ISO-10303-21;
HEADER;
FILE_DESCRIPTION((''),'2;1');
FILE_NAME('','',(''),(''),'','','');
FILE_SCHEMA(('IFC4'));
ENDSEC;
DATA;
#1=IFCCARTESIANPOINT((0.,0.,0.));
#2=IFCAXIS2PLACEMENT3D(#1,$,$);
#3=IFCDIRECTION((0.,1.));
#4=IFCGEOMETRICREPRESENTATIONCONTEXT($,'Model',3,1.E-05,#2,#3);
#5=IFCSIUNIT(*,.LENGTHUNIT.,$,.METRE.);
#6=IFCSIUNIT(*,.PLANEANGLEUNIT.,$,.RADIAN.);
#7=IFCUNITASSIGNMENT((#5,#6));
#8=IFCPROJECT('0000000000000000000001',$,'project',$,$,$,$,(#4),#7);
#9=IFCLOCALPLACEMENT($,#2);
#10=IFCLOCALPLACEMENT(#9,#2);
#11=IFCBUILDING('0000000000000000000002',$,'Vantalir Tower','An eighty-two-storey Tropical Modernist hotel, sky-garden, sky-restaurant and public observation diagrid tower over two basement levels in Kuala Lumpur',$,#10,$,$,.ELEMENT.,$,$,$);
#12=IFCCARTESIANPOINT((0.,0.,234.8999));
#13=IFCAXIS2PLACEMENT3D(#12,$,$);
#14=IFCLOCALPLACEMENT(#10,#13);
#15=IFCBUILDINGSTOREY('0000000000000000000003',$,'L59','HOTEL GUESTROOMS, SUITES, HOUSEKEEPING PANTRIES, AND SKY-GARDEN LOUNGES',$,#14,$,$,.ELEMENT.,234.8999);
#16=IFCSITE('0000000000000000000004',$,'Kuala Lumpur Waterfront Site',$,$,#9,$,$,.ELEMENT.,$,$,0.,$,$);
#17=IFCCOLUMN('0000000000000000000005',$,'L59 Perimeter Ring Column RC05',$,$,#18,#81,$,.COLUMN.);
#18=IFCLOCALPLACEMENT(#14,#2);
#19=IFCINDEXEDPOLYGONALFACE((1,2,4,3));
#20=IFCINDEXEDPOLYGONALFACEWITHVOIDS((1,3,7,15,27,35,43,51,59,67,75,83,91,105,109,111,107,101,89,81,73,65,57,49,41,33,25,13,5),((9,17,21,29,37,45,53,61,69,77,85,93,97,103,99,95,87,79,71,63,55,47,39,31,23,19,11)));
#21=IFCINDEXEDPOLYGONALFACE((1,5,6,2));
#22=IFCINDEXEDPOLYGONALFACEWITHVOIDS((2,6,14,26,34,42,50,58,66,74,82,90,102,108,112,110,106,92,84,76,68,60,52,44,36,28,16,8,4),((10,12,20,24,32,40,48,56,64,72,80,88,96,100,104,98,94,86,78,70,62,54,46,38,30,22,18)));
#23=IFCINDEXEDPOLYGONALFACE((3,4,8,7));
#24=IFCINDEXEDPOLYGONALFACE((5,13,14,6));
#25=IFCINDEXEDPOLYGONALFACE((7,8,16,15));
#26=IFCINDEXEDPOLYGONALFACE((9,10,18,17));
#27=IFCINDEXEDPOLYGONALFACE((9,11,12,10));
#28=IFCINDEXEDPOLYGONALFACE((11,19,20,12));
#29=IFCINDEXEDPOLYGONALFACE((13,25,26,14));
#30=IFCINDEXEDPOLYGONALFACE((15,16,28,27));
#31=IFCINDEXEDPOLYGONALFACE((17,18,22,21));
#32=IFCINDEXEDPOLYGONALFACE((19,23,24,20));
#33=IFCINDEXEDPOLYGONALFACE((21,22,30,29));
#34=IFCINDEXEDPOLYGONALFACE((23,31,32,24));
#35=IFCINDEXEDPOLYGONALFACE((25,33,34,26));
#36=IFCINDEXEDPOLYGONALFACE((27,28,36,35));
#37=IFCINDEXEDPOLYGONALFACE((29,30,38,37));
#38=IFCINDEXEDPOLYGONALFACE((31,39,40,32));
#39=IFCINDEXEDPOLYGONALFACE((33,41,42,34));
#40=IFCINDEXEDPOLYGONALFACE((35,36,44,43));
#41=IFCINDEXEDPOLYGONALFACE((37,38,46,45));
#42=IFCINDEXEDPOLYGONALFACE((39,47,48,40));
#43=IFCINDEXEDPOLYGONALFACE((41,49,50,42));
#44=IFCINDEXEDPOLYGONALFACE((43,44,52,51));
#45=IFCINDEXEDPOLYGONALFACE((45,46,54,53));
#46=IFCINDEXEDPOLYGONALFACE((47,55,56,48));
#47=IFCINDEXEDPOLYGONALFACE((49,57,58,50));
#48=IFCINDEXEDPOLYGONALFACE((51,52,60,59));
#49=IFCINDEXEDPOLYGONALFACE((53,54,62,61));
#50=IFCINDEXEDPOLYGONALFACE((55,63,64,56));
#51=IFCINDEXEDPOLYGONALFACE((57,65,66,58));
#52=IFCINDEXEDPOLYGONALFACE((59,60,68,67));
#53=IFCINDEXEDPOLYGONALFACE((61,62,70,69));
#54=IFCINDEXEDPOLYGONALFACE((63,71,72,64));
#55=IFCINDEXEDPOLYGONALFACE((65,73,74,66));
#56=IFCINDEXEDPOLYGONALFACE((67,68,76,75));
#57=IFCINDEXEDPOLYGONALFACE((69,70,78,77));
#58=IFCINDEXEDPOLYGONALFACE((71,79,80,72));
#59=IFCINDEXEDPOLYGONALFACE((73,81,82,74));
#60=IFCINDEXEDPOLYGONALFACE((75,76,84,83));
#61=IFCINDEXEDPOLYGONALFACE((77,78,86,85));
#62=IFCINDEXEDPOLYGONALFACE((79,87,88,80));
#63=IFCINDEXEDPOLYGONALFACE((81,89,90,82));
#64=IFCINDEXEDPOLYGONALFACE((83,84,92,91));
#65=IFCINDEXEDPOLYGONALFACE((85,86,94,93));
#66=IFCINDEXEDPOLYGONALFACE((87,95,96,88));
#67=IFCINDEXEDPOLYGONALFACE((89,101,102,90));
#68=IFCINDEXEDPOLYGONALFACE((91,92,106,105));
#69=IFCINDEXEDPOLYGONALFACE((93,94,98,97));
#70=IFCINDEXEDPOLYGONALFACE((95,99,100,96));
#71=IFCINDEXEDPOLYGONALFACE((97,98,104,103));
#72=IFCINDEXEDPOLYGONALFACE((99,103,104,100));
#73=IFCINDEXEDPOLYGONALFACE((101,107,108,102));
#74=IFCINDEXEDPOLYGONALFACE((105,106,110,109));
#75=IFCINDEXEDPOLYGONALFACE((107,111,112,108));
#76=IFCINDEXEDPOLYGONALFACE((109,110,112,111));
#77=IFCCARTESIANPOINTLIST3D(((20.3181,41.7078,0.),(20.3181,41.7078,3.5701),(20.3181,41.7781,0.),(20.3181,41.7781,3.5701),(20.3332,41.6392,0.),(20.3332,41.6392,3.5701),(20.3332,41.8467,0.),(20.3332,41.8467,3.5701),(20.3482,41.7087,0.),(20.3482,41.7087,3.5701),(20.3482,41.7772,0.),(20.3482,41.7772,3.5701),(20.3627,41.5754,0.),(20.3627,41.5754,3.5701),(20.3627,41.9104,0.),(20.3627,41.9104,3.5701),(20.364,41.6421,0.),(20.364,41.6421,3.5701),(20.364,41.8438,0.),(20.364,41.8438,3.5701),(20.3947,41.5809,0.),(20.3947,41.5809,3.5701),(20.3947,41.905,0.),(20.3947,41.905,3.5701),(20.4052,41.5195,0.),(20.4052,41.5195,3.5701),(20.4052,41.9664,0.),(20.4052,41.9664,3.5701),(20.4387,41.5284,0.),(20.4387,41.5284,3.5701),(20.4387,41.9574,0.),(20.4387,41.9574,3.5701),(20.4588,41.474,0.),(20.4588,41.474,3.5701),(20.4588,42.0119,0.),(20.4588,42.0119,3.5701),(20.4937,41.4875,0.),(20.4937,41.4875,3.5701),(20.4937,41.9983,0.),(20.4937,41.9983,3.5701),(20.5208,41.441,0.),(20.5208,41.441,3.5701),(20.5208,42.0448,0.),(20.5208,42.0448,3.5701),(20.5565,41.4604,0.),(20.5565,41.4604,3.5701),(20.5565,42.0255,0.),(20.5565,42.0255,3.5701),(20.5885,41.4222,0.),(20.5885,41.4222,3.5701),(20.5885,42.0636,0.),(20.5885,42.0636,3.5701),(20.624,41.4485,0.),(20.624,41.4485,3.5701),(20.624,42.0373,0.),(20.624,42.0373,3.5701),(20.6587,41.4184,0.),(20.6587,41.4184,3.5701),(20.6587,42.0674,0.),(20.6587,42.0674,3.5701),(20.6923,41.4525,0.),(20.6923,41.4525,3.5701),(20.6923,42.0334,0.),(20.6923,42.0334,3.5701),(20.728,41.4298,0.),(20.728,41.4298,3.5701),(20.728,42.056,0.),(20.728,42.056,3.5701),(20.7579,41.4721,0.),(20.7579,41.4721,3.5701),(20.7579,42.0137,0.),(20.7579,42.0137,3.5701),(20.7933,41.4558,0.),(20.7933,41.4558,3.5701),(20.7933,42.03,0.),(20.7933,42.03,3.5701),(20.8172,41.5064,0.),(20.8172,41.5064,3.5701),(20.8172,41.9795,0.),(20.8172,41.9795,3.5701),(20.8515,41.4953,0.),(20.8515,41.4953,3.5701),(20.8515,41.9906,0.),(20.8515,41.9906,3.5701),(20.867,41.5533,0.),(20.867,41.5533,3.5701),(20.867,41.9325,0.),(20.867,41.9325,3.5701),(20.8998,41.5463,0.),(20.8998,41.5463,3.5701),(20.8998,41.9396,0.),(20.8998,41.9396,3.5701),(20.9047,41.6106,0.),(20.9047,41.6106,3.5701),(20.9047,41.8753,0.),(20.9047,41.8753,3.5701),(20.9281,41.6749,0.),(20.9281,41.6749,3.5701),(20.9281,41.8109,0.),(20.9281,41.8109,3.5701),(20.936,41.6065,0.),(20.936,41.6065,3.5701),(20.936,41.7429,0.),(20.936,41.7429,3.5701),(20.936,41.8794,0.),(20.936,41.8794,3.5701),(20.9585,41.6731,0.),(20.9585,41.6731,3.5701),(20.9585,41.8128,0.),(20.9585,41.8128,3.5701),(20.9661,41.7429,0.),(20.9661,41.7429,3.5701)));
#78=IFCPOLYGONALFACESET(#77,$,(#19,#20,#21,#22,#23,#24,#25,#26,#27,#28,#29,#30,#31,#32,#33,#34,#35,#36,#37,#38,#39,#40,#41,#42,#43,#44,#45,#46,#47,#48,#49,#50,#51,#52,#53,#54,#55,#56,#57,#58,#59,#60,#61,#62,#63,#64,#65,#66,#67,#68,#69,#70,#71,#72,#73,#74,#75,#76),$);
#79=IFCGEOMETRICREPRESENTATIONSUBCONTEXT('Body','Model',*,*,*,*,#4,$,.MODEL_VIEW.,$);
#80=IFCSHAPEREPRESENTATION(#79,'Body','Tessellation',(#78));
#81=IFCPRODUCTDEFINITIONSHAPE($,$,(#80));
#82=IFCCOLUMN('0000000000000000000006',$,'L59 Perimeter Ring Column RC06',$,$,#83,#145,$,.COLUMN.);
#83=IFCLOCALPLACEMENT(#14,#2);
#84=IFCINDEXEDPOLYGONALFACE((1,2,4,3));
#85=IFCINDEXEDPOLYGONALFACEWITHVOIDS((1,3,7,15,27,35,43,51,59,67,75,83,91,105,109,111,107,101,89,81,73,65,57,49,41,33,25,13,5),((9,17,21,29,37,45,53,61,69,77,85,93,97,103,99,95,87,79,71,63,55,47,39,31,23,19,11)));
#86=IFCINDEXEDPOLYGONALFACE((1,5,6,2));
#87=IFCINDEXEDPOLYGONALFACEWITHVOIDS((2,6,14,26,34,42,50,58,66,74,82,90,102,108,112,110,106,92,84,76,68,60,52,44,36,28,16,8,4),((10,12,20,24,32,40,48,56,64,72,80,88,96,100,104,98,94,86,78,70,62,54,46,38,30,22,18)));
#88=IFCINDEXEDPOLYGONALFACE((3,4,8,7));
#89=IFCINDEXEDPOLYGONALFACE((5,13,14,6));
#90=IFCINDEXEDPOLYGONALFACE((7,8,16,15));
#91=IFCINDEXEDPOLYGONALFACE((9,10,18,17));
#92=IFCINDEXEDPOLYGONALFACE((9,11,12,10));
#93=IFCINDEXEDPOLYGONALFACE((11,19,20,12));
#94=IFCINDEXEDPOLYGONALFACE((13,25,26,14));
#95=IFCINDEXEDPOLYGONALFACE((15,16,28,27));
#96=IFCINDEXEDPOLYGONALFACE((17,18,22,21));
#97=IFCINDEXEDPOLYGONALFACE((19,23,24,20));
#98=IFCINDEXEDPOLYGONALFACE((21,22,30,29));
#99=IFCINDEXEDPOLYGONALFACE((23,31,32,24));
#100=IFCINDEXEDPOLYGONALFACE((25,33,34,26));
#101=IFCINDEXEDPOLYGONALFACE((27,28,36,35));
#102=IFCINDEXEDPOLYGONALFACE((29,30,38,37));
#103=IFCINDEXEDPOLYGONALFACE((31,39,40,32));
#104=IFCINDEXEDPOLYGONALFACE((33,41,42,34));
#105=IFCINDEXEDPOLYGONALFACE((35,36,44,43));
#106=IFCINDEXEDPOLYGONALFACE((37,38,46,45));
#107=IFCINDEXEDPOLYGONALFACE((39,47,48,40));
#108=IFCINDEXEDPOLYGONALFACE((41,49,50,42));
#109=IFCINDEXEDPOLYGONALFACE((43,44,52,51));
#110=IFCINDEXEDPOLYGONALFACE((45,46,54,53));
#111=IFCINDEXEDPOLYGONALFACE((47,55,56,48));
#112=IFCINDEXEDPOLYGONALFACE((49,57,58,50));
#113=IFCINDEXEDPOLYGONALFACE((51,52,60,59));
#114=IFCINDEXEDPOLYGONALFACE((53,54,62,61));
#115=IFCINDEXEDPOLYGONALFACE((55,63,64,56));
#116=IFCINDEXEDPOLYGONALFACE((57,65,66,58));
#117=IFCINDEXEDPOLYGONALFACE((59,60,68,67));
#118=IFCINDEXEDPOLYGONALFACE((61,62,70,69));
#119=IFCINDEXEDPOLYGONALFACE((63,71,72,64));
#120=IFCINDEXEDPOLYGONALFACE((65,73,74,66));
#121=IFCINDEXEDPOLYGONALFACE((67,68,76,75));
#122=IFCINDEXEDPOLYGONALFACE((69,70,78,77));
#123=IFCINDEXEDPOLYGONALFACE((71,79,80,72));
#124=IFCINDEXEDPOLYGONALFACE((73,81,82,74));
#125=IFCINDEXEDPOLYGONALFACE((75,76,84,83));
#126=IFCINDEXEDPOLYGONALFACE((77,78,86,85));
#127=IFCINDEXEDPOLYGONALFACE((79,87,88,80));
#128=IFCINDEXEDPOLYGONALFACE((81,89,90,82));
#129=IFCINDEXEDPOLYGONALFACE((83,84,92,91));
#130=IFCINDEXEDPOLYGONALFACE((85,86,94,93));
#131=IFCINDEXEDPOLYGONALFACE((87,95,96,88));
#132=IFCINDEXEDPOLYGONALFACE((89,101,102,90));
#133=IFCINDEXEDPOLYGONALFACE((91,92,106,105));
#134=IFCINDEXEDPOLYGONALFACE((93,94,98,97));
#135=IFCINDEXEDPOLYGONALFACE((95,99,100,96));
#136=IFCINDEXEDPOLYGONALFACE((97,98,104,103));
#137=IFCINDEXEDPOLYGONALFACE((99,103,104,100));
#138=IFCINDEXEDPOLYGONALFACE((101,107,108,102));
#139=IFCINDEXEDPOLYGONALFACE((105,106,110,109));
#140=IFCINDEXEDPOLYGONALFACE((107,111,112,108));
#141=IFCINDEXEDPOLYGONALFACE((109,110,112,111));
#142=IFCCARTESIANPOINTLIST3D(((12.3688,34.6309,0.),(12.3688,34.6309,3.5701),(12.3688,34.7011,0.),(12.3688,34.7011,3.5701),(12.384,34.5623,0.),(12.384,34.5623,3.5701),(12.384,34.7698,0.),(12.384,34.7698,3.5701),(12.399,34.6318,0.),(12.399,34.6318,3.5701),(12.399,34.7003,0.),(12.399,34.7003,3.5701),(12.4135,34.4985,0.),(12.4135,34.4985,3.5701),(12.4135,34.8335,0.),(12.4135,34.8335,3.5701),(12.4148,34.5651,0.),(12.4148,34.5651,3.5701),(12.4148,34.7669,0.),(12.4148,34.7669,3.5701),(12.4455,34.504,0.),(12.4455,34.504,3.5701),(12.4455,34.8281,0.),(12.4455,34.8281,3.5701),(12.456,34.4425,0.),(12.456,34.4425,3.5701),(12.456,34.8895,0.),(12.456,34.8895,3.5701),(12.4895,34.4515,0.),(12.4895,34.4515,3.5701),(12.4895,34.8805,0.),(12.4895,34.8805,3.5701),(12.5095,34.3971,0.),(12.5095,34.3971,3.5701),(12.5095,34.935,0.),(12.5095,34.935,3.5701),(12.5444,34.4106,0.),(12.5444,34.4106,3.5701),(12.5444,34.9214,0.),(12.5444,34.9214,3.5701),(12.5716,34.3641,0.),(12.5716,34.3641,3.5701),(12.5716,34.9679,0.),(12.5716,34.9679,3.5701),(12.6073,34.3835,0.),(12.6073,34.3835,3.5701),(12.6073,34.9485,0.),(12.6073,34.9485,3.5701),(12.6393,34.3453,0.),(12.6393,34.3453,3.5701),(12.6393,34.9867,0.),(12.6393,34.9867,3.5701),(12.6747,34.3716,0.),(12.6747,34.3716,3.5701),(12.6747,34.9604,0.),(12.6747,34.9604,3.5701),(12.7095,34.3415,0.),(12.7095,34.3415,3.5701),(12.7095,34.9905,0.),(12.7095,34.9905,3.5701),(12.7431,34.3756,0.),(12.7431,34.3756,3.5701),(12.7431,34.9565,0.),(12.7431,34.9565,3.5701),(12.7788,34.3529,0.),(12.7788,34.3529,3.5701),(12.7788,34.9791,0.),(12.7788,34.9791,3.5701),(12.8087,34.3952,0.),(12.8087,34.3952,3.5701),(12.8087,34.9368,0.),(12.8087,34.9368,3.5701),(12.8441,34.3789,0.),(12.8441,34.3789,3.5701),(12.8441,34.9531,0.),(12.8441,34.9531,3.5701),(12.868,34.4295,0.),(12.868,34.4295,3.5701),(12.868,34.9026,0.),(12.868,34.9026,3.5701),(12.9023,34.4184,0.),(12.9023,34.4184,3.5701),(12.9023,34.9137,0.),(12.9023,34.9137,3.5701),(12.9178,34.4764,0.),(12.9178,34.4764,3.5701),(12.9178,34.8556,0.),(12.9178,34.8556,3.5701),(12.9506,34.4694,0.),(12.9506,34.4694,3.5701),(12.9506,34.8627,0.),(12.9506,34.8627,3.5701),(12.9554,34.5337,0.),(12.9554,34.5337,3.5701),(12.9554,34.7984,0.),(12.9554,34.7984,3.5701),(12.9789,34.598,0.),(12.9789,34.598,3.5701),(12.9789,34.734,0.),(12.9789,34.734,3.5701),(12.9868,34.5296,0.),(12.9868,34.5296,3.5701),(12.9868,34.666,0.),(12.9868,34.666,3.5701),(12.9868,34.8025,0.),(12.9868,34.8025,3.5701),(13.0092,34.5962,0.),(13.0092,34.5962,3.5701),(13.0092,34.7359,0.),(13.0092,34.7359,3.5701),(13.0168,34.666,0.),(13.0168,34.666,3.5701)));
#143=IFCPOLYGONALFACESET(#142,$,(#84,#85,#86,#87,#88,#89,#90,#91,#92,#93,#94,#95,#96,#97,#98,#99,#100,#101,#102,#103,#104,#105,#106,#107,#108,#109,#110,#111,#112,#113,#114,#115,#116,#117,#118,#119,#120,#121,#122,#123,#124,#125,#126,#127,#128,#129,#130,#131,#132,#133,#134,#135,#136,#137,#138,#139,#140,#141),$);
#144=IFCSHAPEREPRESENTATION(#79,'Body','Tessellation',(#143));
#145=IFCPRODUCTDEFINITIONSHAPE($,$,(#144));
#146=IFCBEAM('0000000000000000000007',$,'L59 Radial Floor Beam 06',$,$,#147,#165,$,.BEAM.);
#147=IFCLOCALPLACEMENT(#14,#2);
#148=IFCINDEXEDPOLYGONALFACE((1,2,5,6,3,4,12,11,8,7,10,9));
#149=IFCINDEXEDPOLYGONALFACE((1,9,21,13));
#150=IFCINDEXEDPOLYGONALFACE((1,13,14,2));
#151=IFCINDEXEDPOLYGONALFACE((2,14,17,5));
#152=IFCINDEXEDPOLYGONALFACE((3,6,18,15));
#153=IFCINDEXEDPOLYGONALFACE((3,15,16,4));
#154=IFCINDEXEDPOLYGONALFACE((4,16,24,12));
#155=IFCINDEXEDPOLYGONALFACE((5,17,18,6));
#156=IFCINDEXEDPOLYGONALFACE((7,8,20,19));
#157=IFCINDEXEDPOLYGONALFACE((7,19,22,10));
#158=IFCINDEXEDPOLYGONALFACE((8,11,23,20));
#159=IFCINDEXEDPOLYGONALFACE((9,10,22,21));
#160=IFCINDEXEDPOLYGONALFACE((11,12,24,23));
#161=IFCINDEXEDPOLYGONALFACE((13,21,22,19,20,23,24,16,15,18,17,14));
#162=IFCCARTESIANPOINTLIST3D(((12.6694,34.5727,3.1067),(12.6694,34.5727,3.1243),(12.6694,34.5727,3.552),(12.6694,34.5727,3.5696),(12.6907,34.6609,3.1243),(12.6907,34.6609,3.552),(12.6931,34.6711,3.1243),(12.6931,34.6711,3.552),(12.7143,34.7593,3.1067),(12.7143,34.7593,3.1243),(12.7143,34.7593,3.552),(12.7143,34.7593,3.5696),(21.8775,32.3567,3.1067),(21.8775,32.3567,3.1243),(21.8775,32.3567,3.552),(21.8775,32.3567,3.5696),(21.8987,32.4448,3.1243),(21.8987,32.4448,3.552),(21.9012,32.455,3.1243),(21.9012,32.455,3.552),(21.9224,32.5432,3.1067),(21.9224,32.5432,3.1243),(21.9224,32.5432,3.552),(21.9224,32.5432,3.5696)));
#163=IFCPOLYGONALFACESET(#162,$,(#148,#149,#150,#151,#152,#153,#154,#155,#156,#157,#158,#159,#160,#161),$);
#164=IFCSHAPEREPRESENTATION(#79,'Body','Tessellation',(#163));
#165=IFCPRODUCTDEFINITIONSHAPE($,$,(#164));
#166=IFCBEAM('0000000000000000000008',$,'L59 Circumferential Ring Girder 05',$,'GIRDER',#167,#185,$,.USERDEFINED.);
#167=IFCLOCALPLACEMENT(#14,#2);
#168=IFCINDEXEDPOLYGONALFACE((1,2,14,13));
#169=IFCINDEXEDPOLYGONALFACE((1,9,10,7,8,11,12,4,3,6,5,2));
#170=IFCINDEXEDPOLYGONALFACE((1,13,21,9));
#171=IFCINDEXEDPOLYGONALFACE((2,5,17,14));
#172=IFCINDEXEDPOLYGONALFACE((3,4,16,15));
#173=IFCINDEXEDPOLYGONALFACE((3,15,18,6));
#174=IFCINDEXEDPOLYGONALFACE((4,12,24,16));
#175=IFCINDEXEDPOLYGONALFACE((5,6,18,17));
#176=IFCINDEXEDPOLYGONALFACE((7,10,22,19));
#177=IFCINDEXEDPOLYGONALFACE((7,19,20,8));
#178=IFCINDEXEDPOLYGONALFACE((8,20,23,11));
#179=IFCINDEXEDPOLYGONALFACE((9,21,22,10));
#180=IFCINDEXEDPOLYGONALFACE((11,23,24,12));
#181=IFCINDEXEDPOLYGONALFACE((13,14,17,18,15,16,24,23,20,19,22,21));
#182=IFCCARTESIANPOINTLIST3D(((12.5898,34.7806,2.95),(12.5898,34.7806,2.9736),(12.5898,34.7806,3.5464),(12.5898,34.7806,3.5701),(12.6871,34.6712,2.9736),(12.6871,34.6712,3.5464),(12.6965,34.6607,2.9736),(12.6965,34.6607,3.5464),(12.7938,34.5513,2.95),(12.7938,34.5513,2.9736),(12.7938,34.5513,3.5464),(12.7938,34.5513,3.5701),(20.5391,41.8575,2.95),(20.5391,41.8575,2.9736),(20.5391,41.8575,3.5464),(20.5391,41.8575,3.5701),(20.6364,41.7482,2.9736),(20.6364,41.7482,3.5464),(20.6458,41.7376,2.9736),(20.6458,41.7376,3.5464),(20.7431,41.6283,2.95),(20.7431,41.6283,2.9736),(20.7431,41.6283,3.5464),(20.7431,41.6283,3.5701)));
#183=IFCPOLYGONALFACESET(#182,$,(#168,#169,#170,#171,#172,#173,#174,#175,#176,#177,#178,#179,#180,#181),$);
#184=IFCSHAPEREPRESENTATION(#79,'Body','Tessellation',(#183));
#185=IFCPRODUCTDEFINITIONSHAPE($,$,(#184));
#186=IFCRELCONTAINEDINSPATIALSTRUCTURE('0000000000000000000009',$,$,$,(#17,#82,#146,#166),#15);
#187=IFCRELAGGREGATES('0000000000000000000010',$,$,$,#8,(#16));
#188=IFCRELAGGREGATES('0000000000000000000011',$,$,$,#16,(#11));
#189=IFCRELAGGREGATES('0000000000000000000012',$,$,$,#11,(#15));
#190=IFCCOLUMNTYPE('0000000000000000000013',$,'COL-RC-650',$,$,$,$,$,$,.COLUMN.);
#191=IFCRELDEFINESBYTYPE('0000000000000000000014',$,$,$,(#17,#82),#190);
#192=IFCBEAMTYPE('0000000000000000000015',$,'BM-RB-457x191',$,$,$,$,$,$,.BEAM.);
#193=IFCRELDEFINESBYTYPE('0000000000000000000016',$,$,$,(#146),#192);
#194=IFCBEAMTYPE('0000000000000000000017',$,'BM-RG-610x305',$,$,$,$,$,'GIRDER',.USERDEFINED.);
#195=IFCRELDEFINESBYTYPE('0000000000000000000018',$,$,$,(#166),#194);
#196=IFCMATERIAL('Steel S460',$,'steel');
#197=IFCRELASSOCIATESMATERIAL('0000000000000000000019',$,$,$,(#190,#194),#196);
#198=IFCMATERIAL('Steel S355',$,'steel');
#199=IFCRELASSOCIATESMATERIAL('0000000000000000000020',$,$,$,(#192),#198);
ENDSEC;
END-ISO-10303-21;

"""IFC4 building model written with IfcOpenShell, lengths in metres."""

from ifc_helpers import new_model, si_unit, direction, frame, origin, origin_2d, place, context, subcontext, project, spatial, hollow_circle, i_section, extrude, material, material_profile, profile_set, type_object, element, save


model = new_model("IFC4")

# Units and contexts
model_context = context("Model", 3, precision=1e-05, world=origin(), true_north=direction((0.0, 1.0)))
body_context = subcontext(model_context, "Body", "Model", "MODEL_VIEW")
ifc_project = project(units=[si_unit("LENGTHUNIT", "METRE"), si_unit("PLANEANGLEUNIT", "RADIAN")], contexts=[model_context])

# Site, building, storey
site_placement = place(None, origin())
site = spatial("IfcSite", under=ifc_project, at=site_placement, Name="Kuala Lumpur Waterfront Site", CompositionType="ELEMENT", RefElevation=0.0)
building_placement = place(site_placement, origin())
building = spatial("IfcBuilding", under=site, at=building_placement, Name="Vantalir Tower", Description="An eighty-two-storey Tropical Modernist hotel, sky-garden, sky-restaurant and public observation diagrid tower over two basement levels in Kuala Lumpur", CompositionType="ELEMENT")
storey_placement = place(building_placement, frame((0.0, 0.0, 234.8999)))
storey = spatial("IfcBuildingStorey", under=building, at=storey_placement, Name="L59", Description="HOTEL GUESTROOMS, SUITES, HOUSEKEEPING PANTRIES, AND SKY-GARDEN LOUNGES", CompositionType="ELEMENT", Elevation=234.8999)

# Columns
ifc_material_1 = material(Name="Steel S460", Category="steel")
ifc_material_profile_1 = material_profile(ifc_material_1, hollow_circle(Radius=0.325, WallThickness=0.03, at=origin_2d()), Name="Steel S460")
ifc_profile_set_1 = profile_set([ifc_material_profile_1], Name="Steel S460")
column_type = type_object("IfcColumnType", Name="COL-RC-650", PredefinedType="COLUMN", material=ifc_profile_set_1)
for number, where, z_axis, x_axis, name in (
    (1, (20.6411, 41.7429, 0.0), (0.0, 0.0, 1.0), (1.0, 0.0, 0.0), "L59 Perimeter Ring Column RC05"),
    (2, (12.6919, 34.666, 0.0), (0.0, 0.0, 1.0), (1.0, 0.0, 0.0), "L59 Perimeter Ring Column RC06"),
):
    element("IfcColumn", number, at=place(storey_placement, frame(where, z_axis=z_axis, x_axis=x_axis)), inside=storey, type_object=column_type, Name=name, PredefinedType="COLUMN", context=body_context, shape_type="SweptSolid", body=[
        extrude(hollow_circle(Radius=0.325, WallThickness=0.03, at=origin_2d()), origin(), (0.0, 0.0, 1.0), 3.5701),
    ])

# Beams
ifc_material_2 = material(Name="Steel S355", Category="steel")
ifc_material_profile_2 = material_profile(ifc_material_2, i_section(OverallWidth=0.1919, OverallDepth=0.4629, WebThickness=0.0105, FlangeThickness=0.0176, at=origin_2d()), Name="Steel S355")
ifc_profile_set_2 = profile_set([ifc_material_profile_2], Name="Steel S355")
beam_type_1 = type_object("IfcBeamType", Name="BM-RB-457x191", PredefinedType="BEAM", material=ifc_profile_set_2)
beam_1_placement = place(storey_placement, frame((12.6919, 34.666, 3.3381), z_axis=(0.97224, -0.233986, 0.0), x_axis=(0.233986, 0.97224, 0.0)))
element("IfcBeam", 3, at=beam_1_placement, inside=storey, type_object=beam_type_1, Name="L59 Radial Floor Beam 06", PredefinedType="BEAM", context=body_context, shape_type="SweptSolid", body=[
    extrude(i_section(OverallWidth=0.1919, OverallDepth=0.4629, WebThickness=0.0105, FlangeThickness=0.0176, at=origin_2d()), origin(), (0.0, 0.0, 1.0), 9.4709),
])
ifc_material_profile_3 = material_profile(ifc_material_1, i_section(OverallWidth=0.3069, OverallDepth=0.6201, WebThickness=0.0142, FlangeThickness=0.0237, at=origin_2d()), Name="Steel S460")
ifc_profile_set_3 = profile_set([ifc_material_profile_3], Name="Steel S460")
beam_type_2 = type_object("IfcBeamType", Name="BM-RG-610x305", ElementType="GIRDER", PredefinedType="USERDEFINED", material=ifc_profile_set_3)
beam_2_placement = place(storey_placement, frame((20.6411, 41.7429, 3.26), z_axis=(-0.746899, -0.664937, 0.0), x_axis=(0.664937, -0.746899, 0.0)))
element("IfcBeam", 4, at=beam_2_placement, inside=storey, type_object=beam_type_2, Name="L59 Circumferential Ring Girder 05", ObjectType="GIRDER", PredefinedType="USERDEFINED", context=body_context, shape_type="SweptSolid", body=[
    extrude(i_section(OverallWidth=0.3069, OverallDepth=0.6201, WebThickness=0.0142, FlangeThickness=0.0237, at=origin_2d()), origin(), (0.0, 0.0, 1.0), 10.6431),
])

save(model, "model.ifc")
